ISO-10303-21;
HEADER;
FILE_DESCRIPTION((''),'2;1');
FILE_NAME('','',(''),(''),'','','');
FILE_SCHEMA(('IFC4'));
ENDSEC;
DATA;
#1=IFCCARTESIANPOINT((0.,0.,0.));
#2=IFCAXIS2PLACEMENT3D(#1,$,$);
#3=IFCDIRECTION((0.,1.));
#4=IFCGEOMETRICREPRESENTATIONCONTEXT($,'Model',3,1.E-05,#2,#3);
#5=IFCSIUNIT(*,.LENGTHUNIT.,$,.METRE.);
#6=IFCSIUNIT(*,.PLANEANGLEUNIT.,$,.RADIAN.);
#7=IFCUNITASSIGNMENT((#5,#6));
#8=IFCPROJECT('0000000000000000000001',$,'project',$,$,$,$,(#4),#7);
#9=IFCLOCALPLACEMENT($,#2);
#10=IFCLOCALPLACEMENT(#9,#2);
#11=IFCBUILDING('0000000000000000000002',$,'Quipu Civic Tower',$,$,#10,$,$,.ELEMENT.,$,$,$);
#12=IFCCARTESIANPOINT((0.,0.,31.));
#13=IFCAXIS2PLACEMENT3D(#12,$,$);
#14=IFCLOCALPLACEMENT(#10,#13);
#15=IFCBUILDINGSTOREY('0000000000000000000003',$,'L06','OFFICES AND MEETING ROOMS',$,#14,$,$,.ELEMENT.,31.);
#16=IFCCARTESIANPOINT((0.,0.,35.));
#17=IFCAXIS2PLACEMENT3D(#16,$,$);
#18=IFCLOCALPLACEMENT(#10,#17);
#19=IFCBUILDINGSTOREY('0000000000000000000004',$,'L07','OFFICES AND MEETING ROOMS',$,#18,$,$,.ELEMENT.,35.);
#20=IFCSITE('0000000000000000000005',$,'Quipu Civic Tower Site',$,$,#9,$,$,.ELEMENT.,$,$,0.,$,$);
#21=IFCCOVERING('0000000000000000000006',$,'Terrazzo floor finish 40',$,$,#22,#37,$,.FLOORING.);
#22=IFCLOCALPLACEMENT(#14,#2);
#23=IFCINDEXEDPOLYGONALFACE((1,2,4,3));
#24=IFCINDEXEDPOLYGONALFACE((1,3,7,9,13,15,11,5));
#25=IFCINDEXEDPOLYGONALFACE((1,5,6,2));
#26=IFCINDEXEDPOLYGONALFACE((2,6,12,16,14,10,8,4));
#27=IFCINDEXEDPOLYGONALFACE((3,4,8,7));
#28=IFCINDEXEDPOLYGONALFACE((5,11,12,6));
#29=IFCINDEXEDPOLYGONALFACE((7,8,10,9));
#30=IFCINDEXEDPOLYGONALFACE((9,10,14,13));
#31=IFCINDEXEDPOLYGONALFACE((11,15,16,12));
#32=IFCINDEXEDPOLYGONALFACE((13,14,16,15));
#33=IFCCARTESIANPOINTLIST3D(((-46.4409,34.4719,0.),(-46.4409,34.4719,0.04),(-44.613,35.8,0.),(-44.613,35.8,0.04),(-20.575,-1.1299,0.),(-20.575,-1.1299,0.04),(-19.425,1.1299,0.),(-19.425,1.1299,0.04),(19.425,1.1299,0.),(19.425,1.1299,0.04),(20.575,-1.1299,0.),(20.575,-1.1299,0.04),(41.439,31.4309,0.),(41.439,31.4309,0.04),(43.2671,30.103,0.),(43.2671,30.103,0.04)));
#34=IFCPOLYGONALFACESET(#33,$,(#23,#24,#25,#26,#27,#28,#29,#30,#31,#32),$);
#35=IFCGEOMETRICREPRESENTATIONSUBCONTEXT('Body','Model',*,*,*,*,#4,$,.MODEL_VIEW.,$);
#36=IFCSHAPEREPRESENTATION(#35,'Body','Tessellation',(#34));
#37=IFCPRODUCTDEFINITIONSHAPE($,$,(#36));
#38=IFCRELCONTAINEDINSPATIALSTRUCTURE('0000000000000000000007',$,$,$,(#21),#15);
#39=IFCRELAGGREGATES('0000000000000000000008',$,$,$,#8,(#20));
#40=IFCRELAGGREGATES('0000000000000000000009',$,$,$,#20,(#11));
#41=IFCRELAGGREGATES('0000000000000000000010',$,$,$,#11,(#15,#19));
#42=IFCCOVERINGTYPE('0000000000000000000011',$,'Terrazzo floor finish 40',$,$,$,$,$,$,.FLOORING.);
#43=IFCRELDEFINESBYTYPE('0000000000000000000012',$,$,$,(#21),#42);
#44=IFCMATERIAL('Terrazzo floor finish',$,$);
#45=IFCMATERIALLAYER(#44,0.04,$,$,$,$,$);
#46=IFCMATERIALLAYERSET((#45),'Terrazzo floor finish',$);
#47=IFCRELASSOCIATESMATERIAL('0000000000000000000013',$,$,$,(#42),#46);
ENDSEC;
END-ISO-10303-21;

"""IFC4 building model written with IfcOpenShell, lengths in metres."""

from ifc_helpers import new_model, si_unit, direction, frame, origin, place, context, subcontext, project, spatial, polyline, outline, extrude, material, layer, layer_set, type_object, element, save


model = new_model("IFC4")

# Units and contexts
model_context = context("Model", 3, precision=1e-05, world=origin(), true_north=direction((0.0, 1.0)))
body_context = subcontext(model_context, "Body", "Model", "MODEL_VIEW")
ifc_project = project(units=[si_unit("LENGTHUNIT", "METRE"), si_unit("PLANEANGLEUNIT", "RADIAN")], contexts=[model_context])

# Site, building, storey
site_placement = place(None, origin())
site = spatial("IfcSite", under=ifc_project, at=site_placement, Name="Quipu Civic Tower Site", CompositionType="ELEMENT", RefElevation=0.0)
building_placement = place(site_placement, origin())
building = spatial("IfcBuilding", under=site, at=building_placement, Name="Quipu Civic Tower", CompositionType="ELEMENT")
storey_1_placement = place(building_placement, frame((0.0, 0.0, 31.0)))
storey_1 = spatial("IfcBuildingStorey", under=building, at=storey_1_placement, Name="L06", Description="OFFICES AND MEETING ROOMS", CompositionType="ELEMENT", Elevation=31.0)

# Shared definitions
storey_2_placement = place(building_placement, frame((0.0, 0.0, 35.0)))
storey_2 = spatial("IfcBuildingStorey", under=building, at=storey_2_placement, Name="L07", Description="OFFICES AND MEETING ROOMS", CompositionType="ELEMENT", Elevation=35.0)

# Covering
ifc_material_1 = material(Name="Terrazzo floor finish")
ifc_layer_1 = layer(ifc_material_1, 0.04)
ifc_layer_set_1 = layer_set([ifc_layer_1], Name="Terrazzo floor finish")
covering_type_1 = type_object("IfcCoveringType", Name="Terrazzo floor finish 40", PredefinedType="FLOORING", material=ifc_layer_set_1)
covering_1_placement = place(storey_1_placement, origin())
element("IfcCovering", 1, at=covering_1_placement, inside=storey_1, type_object=covering_type_1, Name="Terrazzo floor finish 40", PredefinedType="FLOORING", context=body_context, shape_type="SweptSolid", body=[
    extrude(outline(polyline([(20.575, -1.1299), (-20.575, -1.1299), (-46.4409, 34.4719), (-44.613, 35.8), (-19.425, 1.1299), (19.425, 1.1299), (41.439, 31.4309), (43.2671, 30.103), (20.575, -1.1299)])), origin(), (0.0, 0.0, 1.0), 0.04),
])

save(model, "model.ifc")
